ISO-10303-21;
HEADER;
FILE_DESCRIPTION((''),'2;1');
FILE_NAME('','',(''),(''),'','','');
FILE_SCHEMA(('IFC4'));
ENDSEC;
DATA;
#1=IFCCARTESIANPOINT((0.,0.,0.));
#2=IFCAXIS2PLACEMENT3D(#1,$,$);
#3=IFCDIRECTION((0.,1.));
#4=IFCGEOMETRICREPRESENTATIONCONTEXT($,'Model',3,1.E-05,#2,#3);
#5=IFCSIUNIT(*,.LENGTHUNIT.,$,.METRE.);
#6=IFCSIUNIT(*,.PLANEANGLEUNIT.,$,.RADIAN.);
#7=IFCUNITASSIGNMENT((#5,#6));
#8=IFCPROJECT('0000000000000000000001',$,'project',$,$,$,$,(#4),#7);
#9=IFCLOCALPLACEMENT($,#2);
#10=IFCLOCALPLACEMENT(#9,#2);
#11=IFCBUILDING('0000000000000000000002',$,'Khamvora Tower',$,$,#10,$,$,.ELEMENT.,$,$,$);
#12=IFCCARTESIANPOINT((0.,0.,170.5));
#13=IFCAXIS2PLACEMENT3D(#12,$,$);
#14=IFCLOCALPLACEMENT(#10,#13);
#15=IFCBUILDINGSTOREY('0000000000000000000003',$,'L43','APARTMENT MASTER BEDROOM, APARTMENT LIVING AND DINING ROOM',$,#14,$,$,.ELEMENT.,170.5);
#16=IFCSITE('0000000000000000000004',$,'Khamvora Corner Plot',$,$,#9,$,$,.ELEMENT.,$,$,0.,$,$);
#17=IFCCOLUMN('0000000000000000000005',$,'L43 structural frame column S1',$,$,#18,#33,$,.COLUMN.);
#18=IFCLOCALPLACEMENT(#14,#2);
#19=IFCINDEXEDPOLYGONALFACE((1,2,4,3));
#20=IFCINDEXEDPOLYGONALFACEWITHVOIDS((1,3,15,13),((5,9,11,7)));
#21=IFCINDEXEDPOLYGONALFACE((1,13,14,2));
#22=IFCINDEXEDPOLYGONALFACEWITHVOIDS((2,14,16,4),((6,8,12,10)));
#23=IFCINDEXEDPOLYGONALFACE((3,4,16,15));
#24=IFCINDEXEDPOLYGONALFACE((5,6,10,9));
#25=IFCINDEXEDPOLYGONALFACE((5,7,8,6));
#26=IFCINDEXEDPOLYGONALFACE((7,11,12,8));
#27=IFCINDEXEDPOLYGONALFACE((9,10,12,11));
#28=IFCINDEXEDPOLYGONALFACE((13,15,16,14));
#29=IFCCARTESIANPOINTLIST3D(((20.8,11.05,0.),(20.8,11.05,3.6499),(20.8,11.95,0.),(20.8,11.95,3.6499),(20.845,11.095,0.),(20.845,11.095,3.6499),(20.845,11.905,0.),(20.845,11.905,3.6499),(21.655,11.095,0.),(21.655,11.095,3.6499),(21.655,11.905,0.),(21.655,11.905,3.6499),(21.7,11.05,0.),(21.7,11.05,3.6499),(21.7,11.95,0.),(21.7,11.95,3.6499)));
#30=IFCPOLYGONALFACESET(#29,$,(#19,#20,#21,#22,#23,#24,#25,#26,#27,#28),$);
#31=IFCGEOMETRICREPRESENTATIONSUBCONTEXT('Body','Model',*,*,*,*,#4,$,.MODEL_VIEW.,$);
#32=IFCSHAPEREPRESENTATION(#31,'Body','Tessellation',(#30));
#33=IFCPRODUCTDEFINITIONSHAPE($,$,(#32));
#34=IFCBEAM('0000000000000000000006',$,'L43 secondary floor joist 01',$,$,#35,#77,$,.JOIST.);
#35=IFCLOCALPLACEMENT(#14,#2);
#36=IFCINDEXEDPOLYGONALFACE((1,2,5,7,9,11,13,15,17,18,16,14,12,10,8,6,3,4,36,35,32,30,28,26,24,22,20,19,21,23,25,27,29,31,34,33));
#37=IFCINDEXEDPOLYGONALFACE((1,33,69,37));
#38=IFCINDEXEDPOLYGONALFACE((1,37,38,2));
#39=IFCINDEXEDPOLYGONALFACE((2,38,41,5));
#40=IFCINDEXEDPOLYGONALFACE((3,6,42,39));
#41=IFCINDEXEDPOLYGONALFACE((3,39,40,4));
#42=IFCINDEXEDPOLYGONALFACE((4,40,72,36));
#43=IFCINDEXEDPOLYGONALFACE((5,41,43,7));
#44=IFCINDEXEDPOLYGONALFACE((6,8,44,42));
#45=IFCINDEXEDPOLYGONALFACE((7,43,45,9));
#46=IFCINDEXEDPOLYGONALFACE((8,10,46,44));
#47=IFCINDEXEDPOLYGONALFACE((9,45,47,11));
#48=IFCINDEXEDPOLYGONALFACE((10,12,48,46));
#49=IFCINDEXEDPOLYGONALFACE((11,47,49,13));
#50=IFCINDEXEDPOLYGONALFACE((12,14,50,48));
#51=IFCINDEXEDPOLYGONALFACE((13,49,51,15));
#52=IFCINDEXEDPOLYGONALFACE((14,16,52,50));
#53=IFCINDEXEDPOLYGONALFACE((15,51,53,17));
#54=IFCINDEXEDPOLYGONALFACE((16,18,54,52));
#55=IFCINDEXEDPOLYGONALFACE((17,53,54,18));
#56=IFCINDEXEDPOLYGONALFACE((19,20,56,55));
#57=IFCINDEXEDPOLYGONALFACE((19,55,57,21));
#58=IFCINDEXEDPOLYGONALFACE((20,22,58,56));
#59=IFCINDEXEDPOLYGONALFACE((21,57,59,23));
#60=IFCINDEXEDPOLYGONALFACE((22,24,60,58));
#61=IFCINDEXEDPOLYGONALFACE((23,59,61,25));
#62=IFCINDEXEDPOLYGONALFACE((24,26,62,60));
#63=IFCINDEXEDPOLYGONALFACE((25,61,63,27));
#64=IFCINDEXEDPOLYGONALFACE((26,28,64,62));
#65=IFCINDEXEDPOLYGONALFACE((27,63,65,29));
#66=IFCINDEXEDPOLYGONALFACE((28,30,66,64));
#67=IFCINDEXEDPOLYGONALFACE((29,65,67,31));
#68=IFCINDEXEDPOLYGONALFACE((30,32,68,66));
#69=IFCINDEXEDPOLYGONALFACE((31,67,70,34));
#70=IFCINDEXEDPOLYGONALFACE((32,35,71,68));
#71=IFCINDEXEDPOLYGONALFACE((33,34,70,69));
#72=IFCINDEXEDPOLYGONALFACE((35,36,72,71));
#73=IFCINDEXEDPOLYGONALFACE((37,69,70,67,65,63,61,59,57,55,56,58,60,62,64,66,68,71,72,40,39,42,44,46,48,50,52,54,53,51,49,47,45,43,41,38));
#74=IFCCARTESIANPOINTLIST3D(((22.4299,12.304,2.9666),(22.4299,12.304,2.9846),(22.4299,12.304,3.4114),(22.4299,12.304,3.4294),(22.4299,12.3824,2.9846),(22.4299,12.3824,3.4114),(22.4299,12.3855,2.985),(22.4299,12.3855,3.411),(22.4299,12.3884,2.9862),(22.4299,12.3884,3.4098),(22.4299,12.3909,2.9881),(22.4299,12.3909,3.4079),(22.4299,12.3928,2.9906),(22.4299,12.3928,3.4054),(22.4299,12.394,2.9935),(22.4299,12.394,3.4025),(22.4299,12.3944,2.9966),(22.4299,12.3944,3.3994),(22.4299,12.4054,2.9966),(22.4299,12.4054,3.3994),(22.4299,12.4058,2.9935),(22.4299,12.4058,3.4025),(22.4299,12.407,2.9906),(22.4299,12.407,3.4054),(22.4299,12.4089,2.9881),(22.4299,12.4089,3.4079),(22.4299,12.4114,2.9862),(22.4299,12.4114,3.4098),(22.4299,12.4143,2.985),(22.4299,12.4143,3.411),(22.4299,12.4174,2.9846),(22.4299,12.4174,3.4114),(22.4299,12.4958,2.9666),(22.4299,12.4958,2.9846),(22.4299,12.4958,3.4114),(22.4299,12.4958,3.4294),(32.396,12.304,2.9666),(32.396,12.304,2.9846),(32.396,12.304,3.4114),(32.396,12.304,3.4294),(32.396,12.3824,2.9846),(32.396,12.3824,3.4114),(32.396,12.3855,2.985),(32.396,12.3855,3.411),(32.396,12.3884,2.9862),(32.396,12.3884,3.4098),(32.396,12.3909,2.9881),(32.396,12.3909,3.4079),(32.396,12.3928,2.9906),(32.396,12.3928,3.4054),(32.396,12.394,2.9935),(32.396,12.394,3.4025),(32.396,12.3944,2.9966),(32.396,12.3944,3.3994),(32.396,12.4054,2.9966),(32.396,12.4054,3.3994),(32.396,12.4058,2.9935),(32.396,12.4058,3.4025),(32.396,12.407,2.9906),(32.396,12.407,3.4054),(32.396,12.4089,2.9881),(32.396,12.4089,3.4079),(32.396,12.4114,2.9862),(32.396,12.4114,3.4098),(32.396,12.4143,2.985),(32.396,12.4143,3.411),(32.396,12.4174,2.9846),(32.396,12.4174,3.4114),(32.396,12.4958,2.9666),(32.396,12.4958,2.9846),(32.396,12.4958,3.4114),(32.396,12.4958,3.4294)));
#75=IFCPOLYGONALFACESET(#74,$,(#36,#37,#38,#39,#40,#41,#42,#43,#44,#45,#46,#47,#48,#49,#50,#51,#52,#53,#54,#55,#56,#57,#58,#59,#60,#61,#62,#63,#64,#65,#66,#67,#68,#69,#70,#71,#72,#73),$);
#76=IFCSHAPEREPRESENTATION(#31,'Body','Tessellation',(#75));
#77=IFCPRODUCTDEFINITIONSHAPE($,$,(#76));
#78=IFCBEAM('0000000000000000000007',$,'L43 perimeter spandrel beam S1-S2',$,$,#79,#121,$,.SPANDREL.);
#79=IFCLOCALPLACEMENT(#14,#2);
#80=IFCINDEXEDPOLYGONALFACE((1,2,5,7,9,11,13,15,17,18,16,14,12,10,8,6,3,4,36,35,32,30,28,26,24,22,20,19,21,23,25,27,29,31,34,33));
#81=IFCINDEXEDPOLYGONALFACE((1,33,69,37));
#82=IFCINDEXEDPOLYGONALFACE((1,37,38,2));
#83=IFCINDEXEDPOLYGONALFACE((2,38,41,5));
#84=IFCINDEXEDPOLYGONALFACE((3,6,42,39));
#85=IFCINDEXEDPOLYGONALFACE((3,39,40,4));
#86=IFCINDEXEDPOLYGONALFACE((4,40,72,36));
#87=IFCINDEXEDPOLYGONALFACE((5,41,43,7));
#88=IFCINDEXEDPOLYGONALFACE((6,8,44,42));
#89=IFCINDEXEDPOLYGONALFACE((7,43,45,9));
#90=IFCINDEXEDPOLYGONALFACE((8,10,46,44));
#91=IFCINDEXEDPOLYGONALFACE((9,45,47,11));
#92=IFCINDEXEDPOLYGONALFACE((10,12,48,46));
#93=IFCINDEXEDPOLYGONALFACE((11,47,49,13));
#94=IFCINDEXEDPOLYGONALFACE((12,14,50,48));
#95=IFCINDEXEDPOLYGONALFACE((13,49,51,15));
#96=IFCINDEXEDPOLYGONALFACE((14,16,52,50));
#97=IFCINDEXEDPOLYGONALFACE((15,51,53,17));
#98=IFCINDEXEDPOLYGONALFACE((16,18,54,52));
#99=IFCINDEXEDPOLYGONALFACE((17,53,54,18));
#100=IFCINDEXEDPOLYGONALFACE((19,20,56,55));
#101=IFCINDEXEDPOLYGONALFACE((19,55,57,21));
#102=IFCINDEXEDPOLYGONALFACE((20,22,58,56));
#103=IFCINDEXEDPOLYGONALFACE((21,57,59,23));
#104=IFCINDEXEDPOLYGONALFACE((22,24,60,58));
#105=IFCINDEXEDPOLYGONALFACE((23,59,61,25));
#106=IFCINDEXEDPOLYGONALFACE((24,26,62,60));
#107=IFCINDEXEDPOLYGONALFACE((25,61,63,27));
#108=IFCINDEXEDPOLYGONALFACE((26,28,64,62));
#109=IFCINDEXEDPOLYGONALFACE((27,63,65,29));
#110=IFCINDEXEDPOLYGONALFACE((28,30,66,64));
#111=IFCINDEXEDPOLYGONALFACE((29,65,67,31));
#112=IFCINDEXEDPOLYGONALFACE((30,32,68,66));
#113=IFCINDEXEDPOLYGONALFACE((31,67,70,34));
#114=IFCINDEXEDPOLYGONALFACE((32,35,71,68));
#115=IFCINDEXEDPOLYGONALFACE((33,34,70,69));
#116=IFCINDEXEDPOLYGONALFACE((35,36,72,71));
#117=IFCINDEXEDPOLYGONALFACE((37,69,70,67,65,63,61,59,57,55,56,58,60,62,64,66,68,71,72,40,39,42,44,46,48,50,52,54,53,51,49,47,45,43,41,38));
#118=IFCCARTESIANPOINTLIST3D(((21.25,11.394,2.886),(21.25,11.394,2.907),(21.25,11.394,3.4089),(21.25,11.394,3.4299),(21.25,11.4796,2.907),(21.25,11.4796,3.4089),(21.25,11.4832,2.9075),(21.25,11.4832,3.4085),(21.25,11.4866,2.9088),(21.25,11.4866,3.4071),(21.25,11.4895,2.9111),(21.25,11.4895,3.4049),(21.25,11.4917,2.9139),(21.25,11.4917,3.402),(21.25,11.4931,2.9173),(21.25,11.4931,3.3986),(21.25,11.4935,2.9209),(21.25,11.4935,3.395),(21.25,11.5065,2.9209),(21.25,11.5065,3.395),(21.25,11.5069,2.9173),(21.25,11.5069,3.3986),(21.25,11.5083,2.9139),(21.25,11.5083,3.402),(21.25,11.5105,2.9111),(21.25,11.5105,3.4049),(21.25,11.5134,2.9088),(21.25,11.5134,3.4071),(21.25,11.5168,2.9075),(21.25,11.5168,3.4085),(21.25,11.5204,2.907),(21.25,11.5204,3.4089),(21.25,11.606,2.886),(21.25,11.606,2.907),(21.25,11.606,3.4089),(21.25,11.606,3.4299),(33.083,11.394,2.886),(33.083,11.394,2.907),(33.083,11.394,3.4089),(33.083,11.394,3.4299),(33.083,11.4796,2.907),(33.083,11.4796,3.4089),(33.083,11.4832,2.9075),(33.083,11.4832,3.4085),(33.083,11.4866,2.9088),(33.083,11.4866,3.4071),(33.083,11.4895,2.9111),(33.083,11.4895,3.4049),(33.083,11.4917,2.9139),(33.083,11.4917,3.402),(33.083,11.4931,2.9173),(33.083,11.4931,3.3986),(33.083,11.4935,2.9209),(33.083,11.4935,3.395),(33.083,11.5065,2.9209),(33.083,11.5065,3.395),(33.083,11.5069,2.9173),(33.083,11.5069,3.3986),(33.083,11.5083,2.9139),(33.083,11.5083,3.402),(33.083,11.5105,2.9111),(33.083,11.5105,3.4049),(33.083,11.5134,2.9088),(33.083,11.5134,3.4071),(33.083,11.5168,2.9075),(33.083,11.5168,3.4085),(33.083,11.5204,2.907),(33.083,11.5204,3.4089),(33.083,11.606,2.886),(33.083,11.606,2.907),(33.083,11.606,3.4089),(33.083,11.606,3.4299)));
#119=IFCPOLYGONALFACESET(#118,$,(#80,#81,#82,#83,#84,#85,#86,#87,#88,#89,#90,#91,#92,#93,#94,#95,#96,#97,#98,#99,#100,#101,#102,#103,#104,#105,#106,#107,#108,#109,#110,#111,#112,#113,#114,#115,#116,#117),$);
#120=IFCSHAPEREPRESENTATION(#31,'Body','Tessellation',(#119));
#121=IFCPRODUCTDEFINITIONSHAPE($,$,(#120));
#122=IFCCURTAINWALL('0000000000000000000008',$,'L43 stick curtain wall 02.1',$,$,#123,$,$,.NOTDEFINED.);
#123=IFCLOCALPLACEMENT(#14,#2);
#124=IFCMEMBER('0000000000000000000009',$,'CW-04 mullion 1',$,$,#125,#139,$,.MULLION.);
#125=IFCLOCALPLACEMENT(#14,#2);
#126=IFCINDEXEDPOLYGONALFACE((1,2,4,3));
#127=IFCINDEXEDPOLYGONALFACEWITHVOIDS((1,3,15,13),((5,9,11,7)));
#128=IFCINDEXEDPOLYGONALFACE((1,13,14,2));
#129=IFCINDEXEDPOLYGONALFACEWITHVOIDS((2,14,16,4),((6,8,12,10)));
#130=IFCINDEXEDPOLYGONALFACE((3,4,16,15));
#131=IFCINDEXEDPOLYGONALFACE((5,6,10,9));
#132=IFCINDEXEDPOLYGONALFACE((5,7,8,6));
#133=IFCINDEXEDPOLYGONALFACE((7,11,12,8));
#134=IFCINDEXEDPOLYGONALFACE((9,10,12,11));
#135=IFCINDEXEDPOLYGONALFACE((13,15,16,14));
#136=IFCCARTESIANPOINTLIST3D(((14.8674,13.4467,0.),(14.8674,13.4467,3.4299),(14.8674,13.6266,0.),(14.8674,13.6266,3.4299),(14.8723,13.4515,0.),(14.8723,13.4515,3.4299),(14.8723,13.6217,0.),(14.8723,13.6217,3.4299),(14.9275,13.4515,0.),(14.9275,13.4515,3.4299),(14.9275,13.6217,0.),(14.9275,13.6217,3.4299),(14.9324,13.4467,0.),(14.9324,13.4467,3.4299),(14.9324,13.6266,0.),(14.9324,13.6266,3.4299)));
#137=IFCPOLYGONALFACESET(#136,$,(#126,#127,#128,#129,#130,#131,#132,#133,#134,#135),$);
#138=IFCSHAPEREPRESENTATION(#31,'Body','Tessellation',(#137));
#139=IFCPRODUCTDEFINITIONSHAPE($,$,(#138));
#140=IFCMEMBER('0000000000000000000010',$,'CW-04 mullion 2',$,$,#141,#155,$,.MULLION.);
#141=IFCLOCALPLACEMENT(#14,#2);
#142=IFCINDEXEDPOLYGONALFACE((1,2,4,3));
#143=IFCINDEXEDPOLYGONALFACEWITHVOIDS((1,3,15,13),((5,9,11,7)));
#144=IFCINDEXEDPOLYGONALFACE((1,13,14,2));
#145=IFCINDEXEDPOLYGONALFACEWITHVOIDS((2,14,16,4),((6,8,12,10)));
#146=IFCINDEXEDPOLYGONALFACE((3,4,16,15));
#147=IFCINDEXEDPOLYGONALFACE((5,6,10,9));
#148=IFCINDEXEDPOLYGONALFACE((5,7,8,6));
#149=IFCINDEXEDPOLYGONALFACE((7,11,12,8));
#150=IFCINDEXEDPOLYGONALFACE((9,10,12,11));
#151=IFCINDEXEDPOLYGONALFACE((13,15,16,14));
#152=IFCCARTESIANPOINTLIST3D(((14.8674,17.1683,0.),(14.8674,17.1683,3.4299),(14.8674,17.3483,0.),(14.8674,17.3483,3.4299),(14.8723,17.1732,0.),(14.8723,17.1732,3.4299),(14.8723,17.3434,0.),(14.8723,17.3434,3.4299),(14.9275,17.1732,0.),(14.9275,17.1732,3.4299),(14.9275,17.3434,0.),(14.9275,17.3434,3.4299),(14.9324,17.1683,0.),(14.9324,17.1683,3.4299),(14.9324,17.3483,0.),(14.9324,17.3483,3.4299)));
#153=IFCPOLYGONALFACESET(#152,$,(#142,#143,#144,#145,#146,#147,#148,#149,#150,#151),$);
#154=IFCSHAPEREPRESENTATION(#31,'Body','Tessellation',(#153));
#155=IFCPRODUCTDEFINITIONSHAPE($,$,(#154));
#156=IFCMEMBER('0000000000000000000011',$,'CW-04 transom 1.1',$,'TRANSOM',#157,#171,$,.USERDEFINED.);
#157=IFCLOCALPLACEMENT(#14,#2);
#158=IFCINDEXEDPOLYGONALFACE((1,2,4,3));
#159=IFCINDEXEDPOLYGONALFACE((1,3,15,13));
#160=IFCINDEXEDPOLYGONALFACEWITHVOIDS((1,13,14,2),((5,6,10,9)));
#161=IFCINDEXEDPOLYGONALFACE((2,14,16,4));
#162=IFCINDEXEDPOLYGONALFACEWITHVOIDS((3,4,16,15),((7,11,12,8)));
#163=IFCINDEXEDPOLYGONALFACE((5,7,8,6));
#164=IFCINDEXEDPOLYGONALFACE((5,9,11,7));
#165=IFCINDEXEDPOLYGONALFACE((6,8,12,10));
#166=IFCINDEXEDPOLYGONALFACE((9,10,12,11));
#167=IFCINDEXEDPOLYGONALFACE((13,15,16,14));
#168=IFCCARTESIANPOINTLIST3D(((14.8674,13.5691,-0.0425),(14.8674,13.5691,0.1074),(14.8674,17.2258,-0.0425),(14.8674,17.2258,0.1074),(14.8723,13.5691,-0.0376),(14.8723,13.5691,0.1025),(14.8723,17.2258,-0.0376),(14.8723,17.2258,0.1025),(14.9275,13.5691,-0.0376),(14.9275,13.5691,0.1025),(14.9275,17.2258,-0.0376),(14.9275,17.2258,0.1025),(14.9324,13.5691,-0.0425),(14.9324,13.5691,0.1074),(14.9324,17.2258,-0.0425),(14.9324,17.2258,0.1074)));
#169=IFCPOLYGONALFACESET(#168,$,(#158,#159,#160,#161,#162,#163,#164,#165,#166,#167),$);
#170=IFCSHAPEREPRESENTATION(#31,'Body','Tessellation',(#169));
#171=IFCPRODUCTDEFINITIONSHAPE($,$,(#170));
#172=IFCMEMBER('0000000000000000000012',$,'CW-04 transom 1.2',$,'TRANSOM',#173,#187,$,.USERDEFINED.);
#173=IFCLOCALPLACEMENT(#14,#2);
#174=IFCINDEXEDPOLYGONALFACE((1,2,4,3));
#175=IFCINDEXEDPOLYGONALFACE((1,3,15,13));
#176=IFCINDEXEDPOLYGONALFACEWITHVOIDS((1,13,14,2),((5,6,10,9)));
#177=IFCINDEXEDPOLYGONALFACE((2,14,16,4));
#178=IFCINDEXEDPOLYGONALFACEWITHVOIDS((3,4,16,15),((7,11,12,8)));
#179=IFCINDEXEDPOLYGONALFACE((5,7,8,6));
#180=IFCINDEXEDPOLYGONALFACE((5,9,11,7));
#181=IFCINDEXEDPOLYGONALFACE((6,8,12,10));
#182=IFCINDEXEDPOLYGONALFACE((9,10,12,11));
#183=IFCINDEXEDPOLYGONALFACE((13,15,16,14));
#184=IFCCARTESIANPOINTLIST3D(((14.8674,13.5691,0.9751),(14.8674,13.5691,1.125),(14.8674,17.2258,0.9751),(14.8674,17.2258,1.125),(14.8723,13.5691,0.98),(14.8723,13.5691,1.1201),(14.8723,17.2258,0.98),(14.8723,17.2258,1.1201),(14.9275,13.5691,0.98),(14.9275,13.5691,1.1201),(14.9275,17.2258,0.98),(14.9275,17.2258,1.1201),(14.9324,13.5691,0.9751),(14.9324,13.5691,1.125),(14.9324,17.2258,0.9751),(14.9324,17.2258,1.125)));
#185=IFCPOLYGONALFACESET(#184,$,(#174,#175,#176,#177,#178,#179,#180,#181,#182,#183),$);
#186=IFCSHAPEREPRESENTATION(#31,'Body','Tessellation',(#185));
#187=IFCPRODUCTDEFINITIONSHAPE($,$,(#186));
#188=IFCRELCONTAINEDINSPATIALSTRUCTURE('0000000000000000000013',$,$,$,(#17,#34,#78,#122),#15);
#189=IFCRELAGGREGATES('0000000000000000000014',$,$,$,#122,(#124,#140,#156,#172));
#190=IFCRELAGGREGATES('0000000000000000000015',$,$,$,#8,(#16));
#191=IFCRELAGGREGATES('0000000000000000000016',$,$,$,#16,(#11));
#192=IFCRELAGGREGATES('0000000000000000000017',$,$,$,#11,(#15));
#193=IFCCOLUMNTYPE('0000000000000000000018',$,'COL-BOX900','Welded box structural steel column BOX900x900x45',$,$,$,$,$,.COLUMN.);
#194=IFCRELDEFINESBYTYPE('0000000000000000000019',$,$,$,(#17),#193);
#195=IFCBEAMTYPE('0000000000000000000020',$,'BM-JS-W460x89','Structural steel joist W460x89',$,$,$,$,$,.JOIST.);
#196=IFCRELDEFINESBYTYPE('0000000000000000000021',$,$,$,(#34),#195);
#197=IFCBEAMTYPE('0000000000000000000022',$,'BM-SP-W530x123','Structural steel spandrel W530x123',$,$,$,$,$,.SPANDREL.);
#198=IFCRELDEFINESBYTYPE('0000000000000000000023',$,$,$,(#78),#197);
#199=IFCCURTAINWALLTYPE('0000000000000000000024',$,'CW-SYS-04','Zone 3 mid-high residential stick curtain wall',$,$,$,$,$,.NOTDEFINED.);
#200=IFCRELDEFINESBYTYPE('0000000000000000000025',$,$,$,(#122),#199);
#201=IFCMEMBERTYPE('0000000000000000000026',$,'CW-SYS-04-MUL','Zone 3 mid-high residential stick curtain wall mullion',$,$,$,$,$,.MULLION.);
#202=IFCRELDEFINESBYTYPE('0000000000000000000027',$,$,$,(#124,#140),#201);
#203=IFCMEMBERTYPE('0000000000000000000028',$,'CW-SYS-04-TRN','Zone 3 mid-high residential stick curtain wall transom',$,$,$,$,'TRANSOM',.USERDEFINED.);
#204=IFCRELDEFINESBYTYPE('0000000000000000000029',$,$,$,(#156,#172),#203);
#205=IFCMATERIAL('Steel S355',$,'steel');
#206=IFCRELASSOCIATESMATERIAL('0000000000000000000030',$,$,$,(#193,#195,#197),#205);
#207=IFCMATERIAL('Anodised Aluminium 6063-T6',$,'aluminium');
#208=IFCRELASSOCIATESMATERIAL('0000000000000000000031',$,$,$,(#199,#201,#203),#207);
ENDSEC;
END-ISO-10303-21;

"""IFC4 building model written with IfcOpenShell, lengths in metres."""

from ifc_helpers import new_model, si_unit, direction, frame, origin, origin_2d, place, context, subcontext, project, spatial, hollow_rectangle, i_section, extrude, material, material_profile, profile_set, type_object, element, aggregate, save


model = new_model("IFC4")

# Units and contexts
model_context = context("Model", 3, precision=1e-05, world=origin(), true_north=direction((0.0, 1.0)))
body_context = subcontext(model_context, "Body", "Model", "MODEL_VIEW")
ifc_project = project(units=[si_unit("LENGTHUNIT", "METRE"), si_unit("PLANEANGLEUNIT", "RADIAN")], contexts=[model_context])

# Site, building, storey
site_placement = place(None, origin())
site = spatial("IfcSite", under=ifc_project, at=site_placement, Name="Khamvora Corner Plot", CompositionType="ELEMENT", RefElevation=0.0)
building_placement = place(site_placement, origin())
building = spatial("IfcBuilding", under=site, at=building_placement, Name="Khamvora Tower", CompositionType="ELEMENT")
storey_placement = place(building_placement, frame((0.0, 0.0, 170.5)))
storey = spatial("IfcBuildingStorey", under=building, at=storey_placement, Name="L43", Description="APARTMENT MASTER BEDROOM, APARTMENT LIVING AND DINING ROOM", CompositionType="ELEMENT", Elevation=170.5)

# Column
ifc_material_1 = material(Name="Steel S355", Category="steel")
ifc_material_profile_1 = material_profile(ifc_material_1, hollow_rectangle(XDim=0.8999, YDim=0.8999, WallThickness=0.0449, at=origin_2d()), Name="BOX900x900x45")
ifc_profile_set_1 = profile_set([ifc_material_profile_1], Name="Steel S355")
column_type = type_object("IfcColumnType", Name="COL-BOX900", Description="Welded box structural steel column BOX900x900x45", PredefinedType="COLUMN", material=ifc_profile_set_1)
column_placement = place(storey_placement, frame((21.25, 11.5, 0.0), z_axis=(0.0, 0.0, 1.0), x_axis=(1.0, 0.0, 0.0)))
element("IfcColumn", 1, at=column_placement, inside=storey, type_object=column_type, Name="L43 structural frame column S1", PredefinedType="COLUMN", context=body_context, shape_type="SweptSolid", body=[
    extrude(hollow_rectangle(XDim=0.8999, YDim=0.8999, WallThickness=0.0449, at=origin_2d()), origin(), (0.0, 0.0, 1.0), 3.6499),
])

# Beams
ifc_material_profile_2 = material_profile(ifc_material_1, i_section(OverallWidth=0.1919, OverallDepth=0.4629, WebThickness=0.011, FlangeThickness=0.0181, FilletRadius=0.012, at=origin_2d()), Name="W460x89")
ifc_profile_set_2 = profile_set([ifc_material_profile_2], Name="Steel S355")
beam_type_1 = type_object("IfcBeamType", Name="BM-JS-W460x89", Description="Structural steel joist W460x89", PredefinedType="JOIST", material=ifc_profile_set_2)
beam_1_placement = place(storey_placement, frame((22.4299, 12.3999, 3.198), z_axis=(1.0, 0.0, 0.0), x_axis=(0.0, 1.0, 0.0)))
element("IfcBeam", 2, at=beam_1_placement, inside=storey, type_object=beam_type_1, Name="L43 secondary floor joist 01", PredefinedType="JOIST", context=body_context, shape_type="SweptSolid", body=[
    extrude(i_section(OverallWidth=0.1919, OverallDepth=0.4629, WebThickness=0.011, FlangeThickness=0.0181, FilletRadius=0.012, at=origin_2d()), origin(), (0.0, 0.0, 1.0), 9.9661),
])
ifc_material_profile_3 = material_profile(ifc_material_1, i_section(OverallWidth=0.2119, OverallDepth=0.5439, WebThickness=0.0129, FlangeThickness=0.021, FilletRadius=0.0139, at=origin_2d()), Name="W530x123")
ifc_profile_set_3 = profile_set([ifc_material_profile_3], Name="Steel S355")
beam_type_2 = type_object("IfcBeamType", Name="BM-SP-W530x123", Description="Structural steel spandrel W530x123", PredefinedType="SPANDREL", material=ifc_profile_set_3)
beam_2_placement = place(storey_placement, frame((21.25, 11.5, 3.158), z_axis=(1.0, 0.0, 0.0), x_axis=(0.0, 1.0, 0.0)))
element("IfcBeam", 3, at=beam_2_placement, inside=storey, type_object=beam_type_2, Name="L43 perimeter spandrel beam S1-S2", PredefinedType="SPANDREL", context=body_context, shape_type="SweptSolid", body=[
    extrude(i_section(OverallWidth=0.2119, OverallDepth=0.5439, WebThickness=0.0129, FlangeThickness=0.021, FilletRadius=0.0139, at=origin_2d()), origin(), (0.0, 0.0, 1.0), 11.833),
])

# Curtain wall, members
ifc_material_2 = material(Name="Anodised Aluminium 6063-T6", Category="aluminium")
curtain_wall_type = type_object("IfcCurtainWallType", Name="CW-SYS-04", Description="Zone 3 mid-high residential stick curtain wall", PredefinedType="NOTDEFINED", material=ifc_material_2)
curtain_wall_placement = place(storey_placement, origin())
curtain_wall = element("IfcCurtainWall", 4, at=curtain_wall_placement, inside=storey, type_object=curtain_wall_type, Name="L43 stick curtain wall 02.1", PredefinedType="NOTDEFINED")
ifc_material_profile_4 = material_profile(ifc_material_2, hollow_rectangle(XDim=0.0649, YDim=0.1799, WallThickness=0.0049, at=origin_2d()), Name="MUL65x180x5")
ifc_profile_set_4 = profile_set([ifc_material_profile_4], Name="Anodised Aluminium 6063-T6")
member_type_1 = type_object("IfcMemberType", Name="CW-SYS-04-MUL", Description="Zone 3 mid-high residential stick curtain wall mullion", PredefinedType="MULLION", material=ifc_profile_set_4)
member_1_placement = place(storey_placement, frame((14.8999, 13.5366, 0.0), z_axis=(0.0, 0.0, 1.0), x_axis=(-1.0, 0.0, 0.0)))
member_1 = element("IfcMember", 5, at=member_1_placement, type_object=member_type_1, Name="CW-04 mullion 1", PredefinedType="MULLION", context=body_context, shape_type="SweptSolid", body=[
    extrude(hollow_rectangle(XDim=0.0649, YDim=0.1799, WallThickness=0.0049, at=origin_2d()), origin(), (0.0, 0.0, 1.0), 3.4299),
])
member_2_placement = place(storey_placement, frame((14.8999, 17.2583, 0.0), z_axis=(0.0, 0.0, 1.0), x_axis=(-1.0, 0.0, 0.0)))
member_2 = element("IfcMember", 6, at=member_2_placement, type_object=member_type_1, Name="CW-04 mullion 2", PredefinedType="MULLION", context=body_context, shape_type="SweptSolid", body=[
    extrude(hollow_rectangle(XDim=0.0649, YDim=0.1799, WallThickness=0.0049, at=origin_2d()), origin(), (0.0, 0.0, 1.0), 3.4299),
])
ifc_material_profile_5 = material_profile(ifc_material_2, hollow_rectangle(XDim=0.0649, YDim=0.1499, WallThickness=0.0049, at=origin_2d()), Name="TRN65x150x5")
ifc_profile_set_5 = profile_set([ifc_material_profile_5], Name="Anodised Aluminium 6063-T6")
member_type_2 = type_object("IfcMemberType", Name="CW-SYS-04-TRN", Description="Zone 3 mid-high residential stick curtain wall transom", ElementType="TRANSOM", PredefinedType="USERDEFINED", material=ifc_profile_set_5)
member_3_placement = place(storey_placement, frame((14.8999, 13.5691, 0.0325), z_axis=(0.0, 1.0, 0.0), x_axis=(-1.0, 0.0, 0.0)))
member_3 = element("IfcMember", 7, at=member_3_placement, type_object=member_type_2, Name="CW-04 transom 1.1", ObjectType="TRANSOM", PredefinedType="USERDEFINED", context=body_context, shape_type="SweptSolid", body=[
    extrude(hollow_rectangle(XDim=0.0649, YDim=0.1499, WallThickness=0.0049, at=origin_2d()), origin(), (0.0, 0.0, 1.0), 3.6567),
])
member_4_placement = place(storey_placement, frame((14.8999, 13.5691, 1.05), z_axis=(0.0, 1.0, 0.0), x_axis=(-1.0, 0.0, 0.0)))
member_4 = element("IfcMember", 8, at=member_4_placement, type_object=member_type_2, Name="CW-04 transom 1.2", ObjectType="TRANSOM", PredefinedType="USERDEFINED", context=body_context, shape_type="SweptSolid", body=[
    extrude(hollow_rectangle(XDim=0.0649, YDim=0.1499, WallThickness=0.0049, at=origin_2d()), origin(), (0.0, 0.0, 1.0), 3.6567),
])
aggregate(curtain_wall, [member_1, member_2, member_3, member_4])

save(model, "model.ifc")
